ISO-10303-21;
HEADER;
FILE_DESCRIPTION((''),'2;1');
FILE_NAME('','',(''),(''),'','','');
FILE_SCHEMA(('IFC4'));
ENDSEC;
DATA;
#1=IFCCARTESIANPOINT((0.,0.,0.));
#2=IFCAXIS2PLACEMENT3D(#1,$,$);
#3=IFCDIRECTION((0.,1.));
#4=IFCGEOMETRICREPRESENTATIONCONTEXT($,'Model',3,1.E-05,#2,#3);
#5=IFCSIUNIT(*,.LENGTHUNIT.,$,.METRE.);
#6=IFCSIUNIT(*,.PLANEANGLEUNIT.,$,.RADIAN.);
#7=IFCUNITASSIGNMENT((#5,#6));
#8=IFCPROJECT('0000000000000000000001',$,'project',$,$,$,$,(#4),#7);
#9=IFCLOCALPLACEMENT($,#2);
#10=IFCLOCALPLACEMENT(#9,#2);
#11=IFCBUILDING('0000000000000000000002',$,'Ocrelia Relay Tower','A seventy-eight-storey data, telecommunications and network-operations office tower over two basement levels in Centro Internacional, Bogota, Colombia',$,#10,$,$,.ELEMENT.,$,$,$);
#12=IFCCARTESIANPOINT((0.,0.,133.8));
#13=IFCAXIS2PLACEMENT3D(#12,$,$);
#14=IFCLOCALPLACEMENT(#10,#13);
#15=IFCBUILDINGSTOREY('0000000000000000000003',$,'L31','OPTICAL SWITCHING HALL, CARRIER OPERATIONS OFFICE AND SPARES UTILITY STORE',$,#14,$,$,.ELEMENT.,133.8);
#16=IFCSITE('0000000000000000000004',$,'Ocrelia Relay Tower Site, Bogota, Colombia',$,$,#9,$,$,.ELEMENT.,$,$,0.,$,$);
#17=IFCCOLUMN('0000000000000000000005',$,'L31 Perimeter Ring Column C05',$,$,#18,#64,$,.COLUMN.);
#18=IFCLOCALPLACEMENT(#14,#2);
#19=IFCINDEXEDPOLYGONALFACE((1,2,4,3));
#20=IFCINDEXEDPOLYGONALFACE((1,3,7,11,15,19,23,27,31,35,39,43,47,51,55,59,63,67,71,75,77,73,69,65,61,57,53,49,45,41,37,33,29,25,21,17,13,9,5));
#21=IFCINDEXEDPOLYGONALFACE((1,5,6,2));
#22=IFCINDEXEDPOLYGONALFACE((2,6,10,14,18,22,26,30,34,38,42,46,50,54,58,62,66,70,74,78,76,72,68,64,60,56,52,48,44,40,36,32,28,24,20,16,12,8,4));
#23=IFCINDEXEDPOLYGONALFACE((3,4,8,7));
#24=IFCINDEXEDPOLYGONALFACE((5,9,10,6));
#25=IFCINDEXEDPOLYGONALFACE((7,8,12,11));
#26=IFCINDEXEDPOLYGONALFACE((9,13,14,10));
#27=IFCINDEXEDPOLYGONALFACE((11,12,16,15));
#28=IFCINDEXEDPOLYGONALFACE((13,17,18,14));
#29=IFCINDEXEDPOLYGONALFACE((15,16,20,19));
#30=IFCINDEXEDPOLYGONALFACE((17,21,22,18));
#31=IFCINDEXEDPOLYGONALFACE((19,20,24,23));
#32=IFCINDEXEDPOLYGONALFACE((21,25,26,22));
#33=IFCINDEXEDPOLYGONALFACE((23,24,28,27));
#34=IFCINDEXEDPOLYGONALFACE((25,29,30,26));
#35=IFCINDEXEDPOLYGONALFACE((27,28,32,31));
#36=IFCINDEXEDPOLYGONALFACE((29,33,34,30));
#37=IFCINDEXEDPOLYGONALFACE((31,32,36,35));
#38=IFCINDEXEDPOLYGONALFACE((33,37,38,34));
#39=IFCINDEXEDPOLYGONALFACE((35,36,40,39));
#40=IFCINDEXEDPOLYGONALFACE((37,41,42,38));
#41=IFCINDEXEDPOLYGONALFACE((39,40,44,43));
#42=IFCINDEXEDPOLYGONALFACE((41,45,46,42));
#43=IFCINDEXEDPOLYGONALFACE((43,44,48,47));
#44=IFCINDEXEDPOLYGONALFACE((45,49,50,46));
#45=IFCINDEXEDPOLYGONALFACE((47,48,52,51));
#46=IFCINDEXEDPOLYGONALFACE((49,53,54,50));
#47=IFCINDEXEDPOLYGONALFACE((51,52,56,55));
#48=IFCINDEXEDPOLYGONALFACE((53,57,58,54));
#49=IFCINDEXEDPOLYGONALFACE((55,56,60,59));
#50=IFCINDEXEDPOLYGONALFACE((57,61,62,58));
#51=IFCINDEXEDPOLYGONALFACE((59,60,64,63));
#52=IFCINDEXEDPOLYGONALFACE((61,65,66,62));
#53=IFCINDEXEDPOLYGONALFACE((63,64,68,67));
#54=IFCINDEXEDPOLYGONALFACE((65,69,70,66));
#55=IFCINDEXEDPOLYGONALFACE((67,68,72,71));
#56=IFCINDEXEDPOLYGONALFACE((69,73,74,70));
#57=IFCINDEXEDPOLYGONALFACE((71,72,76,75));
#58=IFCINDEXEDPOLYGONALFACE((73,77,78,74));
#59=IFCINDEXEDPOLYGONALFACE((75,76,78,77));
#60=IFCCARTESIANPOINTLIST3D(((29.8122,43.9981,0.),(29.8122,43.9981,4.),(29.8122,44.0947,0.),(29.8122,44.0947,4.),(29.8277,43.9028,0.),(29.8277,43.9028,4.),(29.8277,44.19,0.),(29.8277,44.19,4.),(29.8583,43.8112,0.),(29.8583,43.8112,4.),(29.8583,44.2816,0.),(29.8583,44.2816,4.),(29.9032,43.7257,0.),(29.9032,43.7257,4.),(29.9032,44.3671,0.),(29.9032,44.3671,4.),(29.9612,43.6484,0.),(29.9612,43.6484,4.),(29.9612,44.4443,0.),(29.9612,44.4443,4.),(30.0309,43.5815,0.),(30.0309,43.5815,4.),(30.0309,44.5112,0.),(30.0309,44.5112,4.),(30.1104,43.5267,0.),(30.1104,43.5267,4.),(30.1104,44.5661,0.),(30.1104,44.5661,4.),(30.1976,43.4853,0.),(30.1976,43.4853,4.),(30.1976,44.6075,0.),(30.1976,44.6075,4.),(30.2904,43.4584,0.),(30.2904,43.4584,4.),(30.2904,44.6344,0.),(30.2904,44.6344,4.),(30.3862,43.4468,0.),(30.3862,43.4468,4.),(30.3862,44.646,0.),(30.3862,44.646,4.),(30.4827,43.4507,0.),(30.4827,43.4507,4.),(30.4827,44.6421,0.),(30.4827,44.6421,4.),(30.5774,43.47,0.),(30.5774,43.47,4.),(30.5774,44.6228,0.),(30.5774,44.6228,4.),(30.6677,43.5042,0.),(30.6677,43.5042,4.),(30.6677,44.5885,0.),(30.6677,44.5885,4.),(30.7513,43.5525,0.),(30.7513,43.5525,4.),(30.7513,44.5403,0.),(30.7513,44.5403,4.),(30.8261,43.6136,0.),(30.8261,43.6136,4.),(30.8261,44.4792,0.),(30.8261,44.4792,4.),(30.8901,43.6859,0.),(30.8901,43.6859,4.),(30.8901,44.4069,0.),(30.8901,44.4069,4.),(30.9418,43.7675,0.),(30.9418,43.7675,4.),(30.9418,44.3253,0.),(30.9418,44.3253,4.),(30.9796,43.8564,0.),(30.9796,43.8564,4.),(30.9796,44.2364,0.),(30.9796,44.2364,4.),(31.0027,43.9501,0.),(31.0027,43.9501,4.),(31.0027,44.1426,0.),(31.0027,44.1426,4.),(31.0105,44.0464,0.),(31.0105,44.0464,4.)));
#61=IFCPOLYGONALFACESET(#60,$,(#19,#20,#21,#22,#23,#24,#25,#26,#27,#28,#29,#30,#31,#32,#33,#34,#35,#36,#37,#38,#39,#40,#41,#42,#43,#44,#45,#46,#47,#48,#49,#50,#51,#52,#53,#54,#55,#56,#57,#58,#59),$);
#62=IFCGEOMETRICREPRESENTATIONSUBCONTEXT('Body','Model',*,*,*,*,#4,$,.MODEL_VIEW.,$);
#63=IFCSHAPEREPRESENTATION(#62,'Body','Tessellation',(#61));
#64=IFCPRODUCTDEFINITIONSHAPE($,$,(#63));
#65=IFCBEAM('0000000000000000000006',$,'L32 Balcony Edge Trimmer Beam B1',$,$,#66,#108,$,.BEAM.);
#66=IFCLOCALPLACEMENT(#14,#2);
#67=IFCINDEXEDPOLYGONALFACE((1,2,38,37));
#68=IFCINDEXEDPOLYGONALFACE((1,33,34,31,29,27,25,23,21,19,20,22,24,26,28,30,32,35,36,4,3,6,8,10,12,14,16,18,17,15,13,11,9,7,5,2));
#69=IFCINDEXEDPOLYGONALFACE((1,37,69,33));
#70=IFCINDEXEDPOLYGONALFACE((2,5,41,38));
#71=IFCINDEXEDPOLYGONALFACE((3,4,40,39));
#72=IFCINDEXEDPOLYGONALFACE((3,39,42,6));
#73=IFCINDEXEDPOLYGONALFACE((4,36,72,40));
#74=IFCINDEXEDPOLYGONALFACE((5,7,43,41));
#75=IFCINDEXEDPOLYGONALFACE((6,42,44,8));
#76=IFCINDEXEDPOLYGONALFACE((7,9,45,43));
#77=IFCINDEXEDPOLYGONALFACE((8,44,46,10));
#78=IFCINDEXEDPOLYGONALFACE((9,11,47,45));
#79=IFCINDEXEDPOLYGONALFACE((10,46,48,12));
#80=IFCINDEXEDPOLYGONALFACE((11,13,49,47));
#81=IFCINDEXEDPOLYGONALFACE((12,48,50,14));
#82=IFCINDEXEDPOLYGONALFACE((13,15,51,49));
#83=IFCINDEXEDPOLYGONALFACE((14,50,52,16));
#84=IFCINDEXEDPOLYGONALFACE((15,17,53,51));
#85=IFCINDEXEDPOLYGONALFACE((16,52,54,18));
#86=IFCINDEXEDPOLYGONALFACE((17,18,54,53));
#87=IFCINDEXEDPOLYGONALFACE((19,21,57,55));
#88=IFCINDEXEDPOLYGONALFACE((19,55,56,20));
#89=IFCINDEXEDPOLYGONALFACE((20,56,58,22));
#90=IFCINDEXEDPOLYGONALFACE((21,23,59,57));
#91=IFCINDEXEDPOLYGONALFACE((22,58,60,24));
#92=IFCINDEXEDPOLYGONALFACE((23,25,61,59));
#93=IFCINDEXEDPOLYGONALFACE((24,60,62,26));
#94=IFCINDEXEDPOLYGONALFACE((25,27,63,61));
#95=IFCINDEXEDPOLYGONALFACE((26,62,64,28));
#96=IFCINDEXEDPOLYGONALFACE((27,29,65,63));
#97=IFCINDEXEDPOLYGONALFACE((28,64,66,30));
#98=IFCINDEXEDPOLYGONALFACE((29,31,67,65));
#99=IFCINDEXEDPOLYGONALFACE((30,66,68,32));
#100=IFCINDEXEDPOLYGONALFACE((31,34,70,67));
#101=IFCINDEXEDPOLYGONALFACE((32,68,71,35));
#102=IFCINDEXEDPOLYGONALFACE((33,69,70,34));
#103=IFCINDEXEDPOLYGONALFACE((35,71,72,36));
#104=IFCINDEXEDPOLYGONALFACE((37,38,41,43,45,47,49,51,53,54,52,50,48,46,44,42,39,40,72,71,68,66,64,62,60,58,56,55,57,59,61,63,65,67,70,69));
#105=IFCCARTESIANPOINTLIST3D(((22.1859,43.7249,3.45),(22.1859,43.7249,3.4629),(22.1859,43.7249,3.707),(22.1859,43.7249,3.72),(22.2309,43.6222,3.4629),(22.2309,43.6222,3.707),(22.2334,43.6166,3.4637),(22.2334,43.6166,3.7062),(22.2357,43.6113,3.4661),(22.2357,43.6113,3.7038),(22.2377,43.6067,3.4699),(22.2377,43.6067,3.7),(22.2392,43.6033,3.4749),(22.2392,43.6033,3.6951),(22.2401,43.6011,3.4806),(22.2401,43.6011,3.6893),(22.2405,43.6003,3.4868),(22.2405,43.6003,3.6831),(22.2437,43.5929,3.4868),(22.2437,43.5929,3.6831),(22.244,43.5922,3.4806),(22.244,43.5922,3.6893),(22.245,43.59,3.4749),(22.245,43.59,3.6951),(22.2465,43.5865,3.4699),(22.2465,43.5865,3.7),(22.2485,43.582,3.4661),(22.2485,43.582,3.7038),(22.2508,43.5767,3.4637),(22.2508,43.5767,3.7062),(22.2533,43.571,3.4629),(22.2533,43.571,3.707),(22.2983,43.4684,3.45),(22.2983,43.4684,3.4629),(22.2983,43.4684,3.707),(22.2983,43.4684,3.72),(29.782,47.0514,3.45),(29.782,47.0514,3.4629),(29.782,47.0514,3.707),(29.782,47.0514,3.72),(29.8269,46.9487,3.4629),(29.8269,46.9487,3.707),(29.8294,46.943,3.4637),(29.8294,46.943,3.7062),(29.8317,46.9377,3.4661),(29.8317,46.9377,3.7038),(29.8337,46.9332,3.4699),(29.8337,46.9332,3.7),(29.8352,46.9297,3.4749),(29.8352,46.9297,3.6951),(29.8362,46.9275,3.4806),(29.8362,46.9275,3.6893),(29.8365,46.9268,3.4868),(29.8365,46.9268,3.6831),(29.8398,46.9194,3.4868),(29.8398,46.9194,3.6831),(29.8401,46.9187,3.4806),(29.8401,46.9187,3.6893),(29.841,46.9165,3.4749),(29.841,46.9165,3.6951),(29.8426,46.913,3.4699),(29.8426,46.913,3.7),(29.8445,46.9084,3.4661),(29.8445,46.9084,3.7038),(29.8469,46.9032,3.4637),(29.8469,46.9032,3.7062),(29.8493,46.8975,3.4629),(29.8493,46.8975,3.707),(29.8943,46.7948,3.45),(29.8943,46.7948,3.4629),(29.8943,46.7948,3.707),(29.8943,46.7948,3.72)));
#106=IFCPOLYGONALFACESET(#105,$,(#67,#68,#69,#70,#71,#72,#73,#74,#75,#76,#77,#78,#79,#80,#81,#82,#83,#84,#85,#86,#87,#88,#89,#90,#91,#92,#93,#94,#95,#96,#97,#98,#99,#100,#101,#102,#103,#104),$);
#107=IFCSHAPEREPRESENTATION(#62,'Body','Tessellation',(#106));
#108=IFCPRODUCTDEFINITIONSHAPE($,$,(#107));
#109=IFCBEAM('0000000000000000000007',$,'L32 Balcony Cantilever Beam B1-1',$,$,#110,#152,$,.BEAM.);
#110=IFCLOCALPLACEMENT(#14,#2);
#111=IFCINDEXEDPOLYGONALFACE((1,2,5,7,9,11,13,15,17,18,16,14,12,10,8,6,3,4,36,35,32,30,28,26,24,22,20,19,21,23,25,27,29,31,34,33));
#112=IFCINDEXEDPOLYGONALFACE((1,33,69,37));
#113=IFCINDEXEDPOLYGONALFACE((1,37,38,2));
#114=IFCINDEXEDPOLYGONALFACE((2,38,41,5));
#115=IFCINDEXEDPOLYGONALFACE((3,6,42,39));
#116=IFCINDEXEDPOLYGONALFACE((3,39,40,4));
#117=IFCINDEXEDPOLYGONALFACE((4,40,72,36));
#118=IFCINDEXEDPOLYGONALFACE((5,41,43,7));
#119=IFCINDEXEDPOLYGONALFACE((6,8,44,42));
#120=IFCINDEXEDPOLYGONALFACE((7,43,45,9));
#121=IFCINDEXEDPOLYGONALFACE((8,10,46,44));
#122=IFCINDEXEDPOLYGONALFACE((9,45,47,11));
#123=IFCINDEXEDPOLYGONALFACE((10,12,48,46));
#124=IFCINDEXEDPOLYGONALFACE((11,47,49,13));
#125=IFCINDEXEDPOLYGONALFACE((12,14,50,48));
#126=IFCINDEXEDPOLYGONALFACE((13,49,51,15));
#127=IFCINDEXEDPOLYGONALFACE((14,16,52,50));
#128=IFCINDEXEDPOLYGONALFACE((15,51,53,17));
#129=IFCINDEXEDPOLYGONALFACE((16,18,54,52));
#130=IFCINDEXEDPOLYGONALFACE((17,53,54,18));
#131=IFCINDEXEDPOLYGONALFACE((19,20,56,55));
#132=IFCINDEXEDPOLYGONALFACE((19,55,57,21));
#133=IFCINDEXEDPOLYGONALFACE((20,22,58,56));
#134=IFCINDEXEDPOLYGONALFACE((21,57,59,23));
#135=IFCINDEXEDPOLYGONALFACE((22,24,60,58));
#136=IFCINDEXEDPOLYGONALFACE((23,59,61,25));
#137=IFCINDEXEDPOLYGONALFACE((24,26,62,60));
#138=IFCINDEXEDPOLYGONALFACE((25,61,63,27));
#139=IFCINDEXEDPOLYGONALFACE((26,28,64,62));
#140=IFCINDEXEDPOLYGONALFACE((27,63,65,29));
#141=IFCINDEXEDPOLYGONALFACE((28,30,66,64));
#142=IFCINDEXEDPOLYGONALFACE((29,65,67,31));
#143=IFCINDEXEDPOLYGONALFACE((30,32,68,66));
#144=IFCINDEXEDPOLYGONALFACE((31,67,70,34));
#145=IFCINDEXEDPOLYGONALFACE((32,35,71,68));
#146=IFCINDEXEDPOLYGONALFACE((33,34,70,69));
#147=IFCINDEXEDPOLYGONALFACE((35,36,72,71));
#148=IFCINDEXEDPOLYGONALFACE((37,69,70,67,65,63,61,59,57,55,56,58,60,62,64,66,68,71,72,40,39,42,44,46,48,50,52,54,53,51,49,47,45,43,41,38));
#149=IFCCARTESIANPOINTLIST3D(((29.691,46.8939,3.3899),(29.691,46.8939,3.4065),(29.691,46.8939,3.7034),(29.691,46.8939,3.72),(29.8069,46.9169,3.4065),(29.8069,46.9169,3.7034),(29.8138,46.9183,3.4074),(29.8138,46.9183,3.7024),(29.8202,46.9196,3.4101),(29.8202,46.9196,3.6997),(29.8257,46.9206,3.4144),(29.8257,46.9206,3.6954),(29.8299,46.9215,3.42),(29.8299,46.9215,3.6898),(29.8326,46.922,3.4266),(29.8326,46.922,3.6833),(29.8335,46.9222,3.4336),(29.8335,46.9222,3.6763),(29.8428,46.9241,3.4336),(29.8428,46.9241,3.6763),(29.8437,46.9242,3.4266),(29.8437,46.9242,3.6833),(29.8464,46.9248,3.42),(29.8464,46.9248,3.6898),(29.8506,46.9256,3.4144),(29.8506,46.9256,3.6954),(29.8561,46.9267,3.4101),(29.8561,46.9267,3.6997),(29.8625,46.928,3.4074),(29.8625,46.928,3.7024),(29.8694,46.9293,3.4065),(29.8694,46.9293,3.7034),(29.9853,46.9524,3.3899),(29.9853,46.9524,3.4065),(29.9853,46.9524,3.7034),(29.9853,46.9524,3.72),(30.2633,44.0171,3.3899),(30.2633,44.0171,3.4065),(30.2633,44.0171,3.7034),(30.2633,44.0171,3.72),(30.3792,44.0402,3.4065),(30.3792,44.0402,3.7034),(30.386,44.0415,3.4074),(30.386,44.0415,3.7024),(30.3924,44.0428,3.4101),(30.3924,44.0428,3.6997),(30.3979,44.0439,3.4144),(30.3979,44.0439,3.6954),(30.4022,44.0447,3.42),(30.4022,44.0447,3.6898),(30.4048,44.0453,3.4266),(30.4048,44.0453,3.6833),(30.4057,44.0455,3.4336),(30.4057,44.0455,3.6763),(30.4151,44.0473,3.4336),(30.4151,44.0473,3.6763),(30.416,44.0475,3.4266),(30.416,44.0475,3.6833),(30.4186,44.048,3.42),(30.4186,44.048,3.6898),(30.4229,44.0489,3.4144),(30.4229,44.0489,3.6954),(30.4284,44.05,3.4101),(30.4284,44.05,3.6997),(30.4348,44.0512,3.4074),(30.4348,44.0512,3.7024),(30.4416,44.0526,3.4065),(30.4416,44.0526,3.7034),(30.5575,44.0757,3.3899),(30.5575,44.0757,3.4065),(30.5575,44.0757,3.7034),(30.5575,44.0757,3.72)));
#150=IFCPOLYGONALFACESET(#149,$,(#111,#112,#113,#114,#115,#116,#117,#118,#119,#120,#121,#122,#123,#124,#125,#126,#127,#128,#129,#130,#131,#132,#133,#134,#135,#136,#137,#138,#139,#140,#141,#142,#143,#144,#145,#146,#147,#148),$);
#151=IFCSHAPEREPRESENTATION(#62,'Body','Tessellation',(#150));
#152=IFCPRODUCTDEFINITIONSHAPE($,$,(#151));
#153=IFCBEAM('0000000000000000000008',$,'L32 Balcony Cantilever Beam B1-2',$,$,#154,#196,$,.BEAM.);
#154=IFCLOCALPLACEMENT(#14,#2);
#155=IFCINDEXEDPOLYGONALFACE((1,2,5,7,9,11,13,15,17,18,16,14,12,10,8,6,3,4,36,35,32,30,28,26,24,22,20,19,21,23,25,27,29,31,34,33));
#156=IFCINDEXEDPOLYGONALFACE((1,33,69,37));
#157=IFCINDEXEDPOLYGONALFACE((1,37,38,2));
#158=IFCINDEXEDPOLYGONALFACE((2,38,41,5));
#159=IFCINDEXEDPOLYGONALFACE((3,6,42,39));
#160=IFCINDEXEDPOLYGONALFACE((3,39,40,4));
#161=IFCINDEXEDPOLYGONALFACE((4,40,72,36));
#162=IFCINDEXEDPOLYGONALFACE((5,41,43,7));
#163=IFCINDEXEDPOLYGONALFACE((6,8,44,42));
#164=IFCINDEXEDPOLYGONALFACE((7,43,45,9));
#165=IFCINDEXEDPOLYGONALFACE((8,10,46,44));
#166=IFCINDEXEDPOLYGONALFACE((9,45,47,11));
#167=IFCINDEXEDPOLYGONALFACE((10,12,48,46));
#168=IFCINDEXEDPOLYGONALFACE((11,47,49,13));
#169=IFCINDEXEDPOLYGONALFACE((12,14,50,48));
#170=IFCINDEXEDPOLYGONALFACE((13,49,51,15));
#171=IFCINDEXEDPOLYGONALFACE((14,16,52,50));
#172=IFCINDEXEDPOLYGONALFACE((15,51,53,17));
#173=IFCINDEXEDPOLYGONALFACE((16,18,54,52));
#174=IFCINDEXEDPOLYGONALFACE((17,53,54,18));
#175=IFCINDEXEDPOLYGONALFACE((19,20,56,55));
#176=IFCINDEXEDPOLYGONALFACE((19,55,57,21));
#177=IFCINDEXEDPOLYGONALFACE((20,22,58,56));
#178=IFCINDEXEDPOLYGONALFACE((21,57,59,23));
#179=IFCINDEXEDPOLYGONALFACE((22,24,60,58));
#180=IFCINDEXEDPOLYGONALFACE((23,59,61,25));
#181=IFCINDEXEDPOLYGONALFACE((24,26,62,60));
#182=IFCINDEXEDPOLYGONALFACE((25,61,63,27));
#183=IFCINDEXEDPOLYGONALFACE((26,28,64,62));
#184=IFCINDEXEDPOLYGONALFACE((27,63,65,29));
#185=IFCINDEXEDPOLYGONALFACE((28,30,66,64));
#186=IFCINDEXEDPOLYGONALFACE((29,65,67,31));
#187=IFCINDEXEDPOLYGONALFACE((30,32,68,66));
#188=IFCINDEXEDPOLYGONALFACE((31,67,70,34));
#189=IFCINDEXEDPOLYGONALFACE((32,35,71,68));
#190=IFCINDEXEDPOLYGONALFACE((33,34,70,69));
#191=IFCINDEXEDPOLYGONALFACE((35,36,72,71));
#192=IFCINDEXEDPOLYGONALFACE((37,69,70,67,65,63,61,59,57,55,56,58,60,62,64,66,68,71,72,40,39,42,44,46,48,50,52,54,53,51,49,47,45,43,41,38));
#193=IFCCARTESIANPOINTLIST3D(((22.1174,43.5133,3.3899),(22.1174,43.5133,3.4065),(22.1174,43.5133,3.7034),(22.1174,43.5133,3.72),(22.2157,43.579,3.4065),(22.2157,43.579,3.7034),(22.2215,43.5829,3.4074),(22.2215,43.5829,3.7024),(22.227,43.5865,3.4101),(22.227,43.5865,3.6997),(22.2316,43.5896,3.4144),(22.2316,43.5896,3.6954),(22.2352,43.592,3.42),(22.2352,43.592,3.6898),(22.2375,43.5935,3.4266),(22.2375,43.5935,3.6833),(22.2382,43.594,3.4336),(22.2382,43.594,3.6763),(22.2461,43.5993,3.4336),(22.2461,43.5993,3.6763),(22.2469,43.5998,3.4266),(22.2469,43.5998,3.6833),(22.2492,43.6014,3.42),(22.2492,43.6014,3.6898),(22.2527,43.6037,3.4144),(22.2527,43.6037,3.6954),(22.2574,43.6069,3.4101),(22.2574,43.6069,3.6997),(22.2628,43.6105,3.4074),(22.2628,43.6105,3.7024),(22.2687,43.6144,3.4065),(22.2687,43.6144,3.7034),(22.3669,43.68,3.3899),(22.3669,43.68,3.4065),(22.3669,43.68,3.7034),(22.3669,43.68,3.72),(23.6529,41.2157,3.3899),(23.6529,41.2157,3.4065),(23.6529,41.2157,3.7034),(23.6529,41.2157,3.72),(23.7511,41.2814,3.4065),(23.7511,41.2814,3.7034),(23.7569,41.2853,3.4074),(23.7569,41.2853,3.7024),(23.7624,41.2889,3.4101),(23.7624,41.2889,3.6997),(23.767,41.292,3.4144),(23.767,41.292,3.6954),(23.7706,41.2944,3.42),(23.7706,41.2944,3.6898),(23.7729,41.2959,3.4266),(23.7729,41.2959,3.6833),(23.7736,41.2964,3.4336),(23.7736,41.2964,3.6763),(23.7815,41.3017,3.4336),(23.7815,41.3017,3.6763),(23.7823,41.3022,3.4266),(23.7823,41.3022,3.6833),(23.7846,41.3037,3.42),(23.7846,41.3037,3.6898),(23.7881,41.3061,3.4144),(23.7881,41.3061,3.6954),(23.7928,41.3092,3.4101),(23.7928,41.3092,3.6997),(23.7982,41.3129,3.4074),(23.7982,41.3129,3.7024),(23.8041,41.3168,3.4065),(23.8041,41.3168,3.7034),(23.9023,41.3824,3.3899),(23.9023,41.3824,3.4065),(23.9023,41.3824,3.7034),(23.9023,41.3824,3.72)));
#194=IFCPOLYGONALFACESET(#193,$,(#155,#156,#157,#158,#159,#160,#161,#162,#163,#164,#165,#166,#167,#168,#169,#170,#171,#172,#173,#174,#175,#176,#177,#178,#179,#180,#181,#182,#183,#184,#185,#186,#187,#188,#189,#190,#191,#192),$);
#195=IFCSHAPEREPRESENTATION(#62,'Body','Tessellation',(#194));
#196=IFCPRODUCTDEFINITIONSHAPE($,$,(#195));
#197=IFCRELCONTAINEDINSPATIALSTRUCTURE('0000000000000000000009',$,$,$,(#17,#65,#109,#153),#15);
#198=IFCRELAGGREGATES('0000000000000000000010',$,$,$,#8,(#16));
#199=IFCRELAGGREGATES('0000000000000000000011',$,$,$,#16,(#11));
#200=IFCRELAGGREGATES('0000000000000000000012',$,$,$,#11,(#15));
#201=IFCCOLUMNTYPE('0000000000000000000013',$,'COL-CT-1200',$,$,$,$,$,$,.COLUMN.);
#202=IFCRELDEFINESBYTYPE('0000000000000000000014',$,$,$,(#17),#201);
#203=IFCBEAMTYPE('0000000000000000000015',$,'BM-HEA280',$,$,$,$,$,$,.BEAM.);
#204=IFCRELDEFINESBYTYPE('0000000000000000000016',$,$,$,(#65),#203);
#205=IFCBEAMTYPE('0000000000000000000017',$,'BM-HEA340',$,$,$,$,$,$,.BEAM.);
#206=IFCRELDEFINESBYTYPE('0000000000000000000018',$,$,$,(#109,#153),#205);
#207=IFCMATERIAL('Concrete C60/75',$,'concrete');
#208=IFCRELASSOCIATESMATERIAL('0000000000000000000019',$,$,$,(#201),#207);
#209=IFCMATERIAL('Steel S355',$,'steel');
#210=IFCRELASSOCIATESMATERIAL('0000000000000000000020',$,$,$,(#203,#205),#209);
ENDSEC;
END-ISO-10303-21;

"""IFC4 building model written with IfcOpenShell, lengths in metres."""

from ifc_helpers import new_model, si_unit, direction, frame, origin, origin_2d, place, context, subcontext, project, spatial, circle, i_section, extrude, material, material_profile, profile_set, type_object, element, save


model = new_model("IFC4")

# Units and contexts
model_context = context("Model", 3, precision=1e-05, world=origin(), true_north=direction((0.0, 1.0)))
body_context = subcontext(model_context, "Body", "Model", "MODEL_VIEW")
ifc_project = project(units=[si_unit("LENGTHUNIT", "METRE"), si_unit("PLANEANGLEUNIT", "RADIAN")], contexts=[model_context])

# Site, building, storey
site_placement = place(None, origin())
site = spatial("IfcSite", under=ifc_project, at=site_placement, Name="Ocrelia Relay Tower Site, Bogota, Colombia", CompositionType="ELEMENT", RefElevation=0.0)
building_placement = place(site_placement, origin())
building = spatial("IfcBuilding", under=site, at=building_placement, Name="Ocrelia Relay Tower", Description="A seventy-eight-storey data, telecommunications and network-operations office tower over two basement levels in Centro Internacional, Bogota, Colombia", CompositionType="ELEMENT")
storey_placement = place(building_placement, frame((0.0, 0.0, 133.8)))
storey = spatial("IfcBuildingStorey", under=building, at=storey_placement, Name="L31", Description="OPTICAL SWITCHING HALL, CARRIER OPERATIONS OFFICE AND SPARES UTILITY STORE", CompositionType="ELEMENT", Elevation=133.8)

# Column
ifc_material_1 = material(Name="Concrete C60/75", Category="concrete")
ifc_material_profile_1 = material_profile(ifc_material_1, circle(Radius=0.6001, at=origin_2d()), Name="RC-CIR-1200")
ifc_profile_set_1 = profile_set([ifc_material_profile_1], Name="Concrete C60/75")
column_type = type_object("IfcColumnType", Name="COL-CT-1200", PredefinedType="COLUMN", material=ifc_profile_set_1)
column_placement = place(storey_placement, frame((30.4104, 44.0464, 0.0), z_axis=(0.0, 0.0, 1.0), x_axis=(1.0, 0.0, 0.0)))
element("IfcColumn", 1, at=column_placement, inside=storey, type_object=column_type, Name="L31 Perimeter Ring Column C05", PredefinedType="COLUMN", context=body_context, shape_type="SweptSolid", body=[
    extrude(circle(Radius=0.6001, at=origin_2d()), origin(), (0.0, 0.0, 1.0), 4.0),
])

# Beams
ifc_material_2 = material(Name="Steel S355", Category="steel")
ifc_material_profile_2 = material_profile(ifc_material_2, i_section(OverallWidth=0.28, OverallDepth=0.27, WebThickness=0.0081, FlangeThickness=0.0129, FilletRadius=0.0239, at=origin_2d()), Name="HEA 280")
ifc_profile_set_2 = profile_set([ifc_material_profile_2], Name="Steel S355")
beam_type_1 = type_object("IfcBeamType", Name="BM-HEA280", PredefinedType="BEAM", material=ifc_profile_set_2)
beam_1_placement = place(storey_placement, frame((29.8381, 46.9231, 3.585), z_axis=(-0.916016, -0.401142, 0.0), x_axis=(0.401142, -0.916016, 0.0)))
element("IfcBeam", 2, at=beam_1_placement, inside=storey, type_object=beam_type_1, Name="L32 Balcony Edge Trimmer Beam B1", PredefinedType="BEAM", context=body_context, shape_type="SweptSolid", body=[
    extrude(i_section(OverallWidth=0.28, OverallDepth=0.27, WebThickness=0.0081, FlangeThickness=0.0129, FilletRadius=0.0239, at=origin_2d()), origin(), (0.0, 0.0, 1.0), 8.2925),
])
ifc_material_profile_3 = material_profile(ifc_material_2, i_section(OverallWidth=0.3, OverallDepth=0.3301, WebThickness=0.0095, FlangeThickness=0.0166, FilletRadius=0.0271, at=origin_2d()), Name="HEA 340")
ifc_profile_set_3 = profile_set([ifc_material_profile_3], Name="Steel S355")
beam_type_2 = type_object("IfcBeamType", Name="BM-HEA340", PredefinedType="BEAM", material=ifc_profile_set_3)
beam_2_placement = place(storey_placement, frame((30.4104, 44.0464, 3.5549), z_axis=(-0.195108, 0.980782, 0.0), x_axis=(-0.980782, -0.195108, 0.0)))
element("IfcBeam", 3, at=beam_2_placement, inside=storey, type_object=beam_type_2, Name="L32 Balcony Cantilever Beam B1-1", PredefinedType="BEAM", context=body_context, shape_type="SweptSolid", body=[
    extrude(i_section(OverallWidth=0.3, OverallDepth=0.3301, WebThickness=0.0095, FlangeThickness=0.0166, FilletRadius=0.0271, at=origin_2d()), origin(), (0.0, 0.0, 1.0), 2.9331),
])
beam_3_placement = place(storey_placement, frame((23.7776, 41.2991, 3.5549), z_axis=(-0.555617, 0.831438, 0.0), x_axis=(-0.831438, -0.555617, 0.0)))
element("IfcBeam", 4, at=beam_3_placement, inside=storey, type_object=beam_type_2, Name="L32 Balcony Cantilever Beam B1-2", PredefinedType="BEAM", context=body_context, shape_type="SweptSolid", body=[
    extrude(i_section(OverallWidth=0.3, OverallDepth=0.3301, WebThickness=0.0095, FlangeThickness=0.0166, FilletRadius=0.0271, at=origin_2d()), origin(), (0.0, 0.0, 1.0), 2.7634),
])

save(model, "model.ifc")
